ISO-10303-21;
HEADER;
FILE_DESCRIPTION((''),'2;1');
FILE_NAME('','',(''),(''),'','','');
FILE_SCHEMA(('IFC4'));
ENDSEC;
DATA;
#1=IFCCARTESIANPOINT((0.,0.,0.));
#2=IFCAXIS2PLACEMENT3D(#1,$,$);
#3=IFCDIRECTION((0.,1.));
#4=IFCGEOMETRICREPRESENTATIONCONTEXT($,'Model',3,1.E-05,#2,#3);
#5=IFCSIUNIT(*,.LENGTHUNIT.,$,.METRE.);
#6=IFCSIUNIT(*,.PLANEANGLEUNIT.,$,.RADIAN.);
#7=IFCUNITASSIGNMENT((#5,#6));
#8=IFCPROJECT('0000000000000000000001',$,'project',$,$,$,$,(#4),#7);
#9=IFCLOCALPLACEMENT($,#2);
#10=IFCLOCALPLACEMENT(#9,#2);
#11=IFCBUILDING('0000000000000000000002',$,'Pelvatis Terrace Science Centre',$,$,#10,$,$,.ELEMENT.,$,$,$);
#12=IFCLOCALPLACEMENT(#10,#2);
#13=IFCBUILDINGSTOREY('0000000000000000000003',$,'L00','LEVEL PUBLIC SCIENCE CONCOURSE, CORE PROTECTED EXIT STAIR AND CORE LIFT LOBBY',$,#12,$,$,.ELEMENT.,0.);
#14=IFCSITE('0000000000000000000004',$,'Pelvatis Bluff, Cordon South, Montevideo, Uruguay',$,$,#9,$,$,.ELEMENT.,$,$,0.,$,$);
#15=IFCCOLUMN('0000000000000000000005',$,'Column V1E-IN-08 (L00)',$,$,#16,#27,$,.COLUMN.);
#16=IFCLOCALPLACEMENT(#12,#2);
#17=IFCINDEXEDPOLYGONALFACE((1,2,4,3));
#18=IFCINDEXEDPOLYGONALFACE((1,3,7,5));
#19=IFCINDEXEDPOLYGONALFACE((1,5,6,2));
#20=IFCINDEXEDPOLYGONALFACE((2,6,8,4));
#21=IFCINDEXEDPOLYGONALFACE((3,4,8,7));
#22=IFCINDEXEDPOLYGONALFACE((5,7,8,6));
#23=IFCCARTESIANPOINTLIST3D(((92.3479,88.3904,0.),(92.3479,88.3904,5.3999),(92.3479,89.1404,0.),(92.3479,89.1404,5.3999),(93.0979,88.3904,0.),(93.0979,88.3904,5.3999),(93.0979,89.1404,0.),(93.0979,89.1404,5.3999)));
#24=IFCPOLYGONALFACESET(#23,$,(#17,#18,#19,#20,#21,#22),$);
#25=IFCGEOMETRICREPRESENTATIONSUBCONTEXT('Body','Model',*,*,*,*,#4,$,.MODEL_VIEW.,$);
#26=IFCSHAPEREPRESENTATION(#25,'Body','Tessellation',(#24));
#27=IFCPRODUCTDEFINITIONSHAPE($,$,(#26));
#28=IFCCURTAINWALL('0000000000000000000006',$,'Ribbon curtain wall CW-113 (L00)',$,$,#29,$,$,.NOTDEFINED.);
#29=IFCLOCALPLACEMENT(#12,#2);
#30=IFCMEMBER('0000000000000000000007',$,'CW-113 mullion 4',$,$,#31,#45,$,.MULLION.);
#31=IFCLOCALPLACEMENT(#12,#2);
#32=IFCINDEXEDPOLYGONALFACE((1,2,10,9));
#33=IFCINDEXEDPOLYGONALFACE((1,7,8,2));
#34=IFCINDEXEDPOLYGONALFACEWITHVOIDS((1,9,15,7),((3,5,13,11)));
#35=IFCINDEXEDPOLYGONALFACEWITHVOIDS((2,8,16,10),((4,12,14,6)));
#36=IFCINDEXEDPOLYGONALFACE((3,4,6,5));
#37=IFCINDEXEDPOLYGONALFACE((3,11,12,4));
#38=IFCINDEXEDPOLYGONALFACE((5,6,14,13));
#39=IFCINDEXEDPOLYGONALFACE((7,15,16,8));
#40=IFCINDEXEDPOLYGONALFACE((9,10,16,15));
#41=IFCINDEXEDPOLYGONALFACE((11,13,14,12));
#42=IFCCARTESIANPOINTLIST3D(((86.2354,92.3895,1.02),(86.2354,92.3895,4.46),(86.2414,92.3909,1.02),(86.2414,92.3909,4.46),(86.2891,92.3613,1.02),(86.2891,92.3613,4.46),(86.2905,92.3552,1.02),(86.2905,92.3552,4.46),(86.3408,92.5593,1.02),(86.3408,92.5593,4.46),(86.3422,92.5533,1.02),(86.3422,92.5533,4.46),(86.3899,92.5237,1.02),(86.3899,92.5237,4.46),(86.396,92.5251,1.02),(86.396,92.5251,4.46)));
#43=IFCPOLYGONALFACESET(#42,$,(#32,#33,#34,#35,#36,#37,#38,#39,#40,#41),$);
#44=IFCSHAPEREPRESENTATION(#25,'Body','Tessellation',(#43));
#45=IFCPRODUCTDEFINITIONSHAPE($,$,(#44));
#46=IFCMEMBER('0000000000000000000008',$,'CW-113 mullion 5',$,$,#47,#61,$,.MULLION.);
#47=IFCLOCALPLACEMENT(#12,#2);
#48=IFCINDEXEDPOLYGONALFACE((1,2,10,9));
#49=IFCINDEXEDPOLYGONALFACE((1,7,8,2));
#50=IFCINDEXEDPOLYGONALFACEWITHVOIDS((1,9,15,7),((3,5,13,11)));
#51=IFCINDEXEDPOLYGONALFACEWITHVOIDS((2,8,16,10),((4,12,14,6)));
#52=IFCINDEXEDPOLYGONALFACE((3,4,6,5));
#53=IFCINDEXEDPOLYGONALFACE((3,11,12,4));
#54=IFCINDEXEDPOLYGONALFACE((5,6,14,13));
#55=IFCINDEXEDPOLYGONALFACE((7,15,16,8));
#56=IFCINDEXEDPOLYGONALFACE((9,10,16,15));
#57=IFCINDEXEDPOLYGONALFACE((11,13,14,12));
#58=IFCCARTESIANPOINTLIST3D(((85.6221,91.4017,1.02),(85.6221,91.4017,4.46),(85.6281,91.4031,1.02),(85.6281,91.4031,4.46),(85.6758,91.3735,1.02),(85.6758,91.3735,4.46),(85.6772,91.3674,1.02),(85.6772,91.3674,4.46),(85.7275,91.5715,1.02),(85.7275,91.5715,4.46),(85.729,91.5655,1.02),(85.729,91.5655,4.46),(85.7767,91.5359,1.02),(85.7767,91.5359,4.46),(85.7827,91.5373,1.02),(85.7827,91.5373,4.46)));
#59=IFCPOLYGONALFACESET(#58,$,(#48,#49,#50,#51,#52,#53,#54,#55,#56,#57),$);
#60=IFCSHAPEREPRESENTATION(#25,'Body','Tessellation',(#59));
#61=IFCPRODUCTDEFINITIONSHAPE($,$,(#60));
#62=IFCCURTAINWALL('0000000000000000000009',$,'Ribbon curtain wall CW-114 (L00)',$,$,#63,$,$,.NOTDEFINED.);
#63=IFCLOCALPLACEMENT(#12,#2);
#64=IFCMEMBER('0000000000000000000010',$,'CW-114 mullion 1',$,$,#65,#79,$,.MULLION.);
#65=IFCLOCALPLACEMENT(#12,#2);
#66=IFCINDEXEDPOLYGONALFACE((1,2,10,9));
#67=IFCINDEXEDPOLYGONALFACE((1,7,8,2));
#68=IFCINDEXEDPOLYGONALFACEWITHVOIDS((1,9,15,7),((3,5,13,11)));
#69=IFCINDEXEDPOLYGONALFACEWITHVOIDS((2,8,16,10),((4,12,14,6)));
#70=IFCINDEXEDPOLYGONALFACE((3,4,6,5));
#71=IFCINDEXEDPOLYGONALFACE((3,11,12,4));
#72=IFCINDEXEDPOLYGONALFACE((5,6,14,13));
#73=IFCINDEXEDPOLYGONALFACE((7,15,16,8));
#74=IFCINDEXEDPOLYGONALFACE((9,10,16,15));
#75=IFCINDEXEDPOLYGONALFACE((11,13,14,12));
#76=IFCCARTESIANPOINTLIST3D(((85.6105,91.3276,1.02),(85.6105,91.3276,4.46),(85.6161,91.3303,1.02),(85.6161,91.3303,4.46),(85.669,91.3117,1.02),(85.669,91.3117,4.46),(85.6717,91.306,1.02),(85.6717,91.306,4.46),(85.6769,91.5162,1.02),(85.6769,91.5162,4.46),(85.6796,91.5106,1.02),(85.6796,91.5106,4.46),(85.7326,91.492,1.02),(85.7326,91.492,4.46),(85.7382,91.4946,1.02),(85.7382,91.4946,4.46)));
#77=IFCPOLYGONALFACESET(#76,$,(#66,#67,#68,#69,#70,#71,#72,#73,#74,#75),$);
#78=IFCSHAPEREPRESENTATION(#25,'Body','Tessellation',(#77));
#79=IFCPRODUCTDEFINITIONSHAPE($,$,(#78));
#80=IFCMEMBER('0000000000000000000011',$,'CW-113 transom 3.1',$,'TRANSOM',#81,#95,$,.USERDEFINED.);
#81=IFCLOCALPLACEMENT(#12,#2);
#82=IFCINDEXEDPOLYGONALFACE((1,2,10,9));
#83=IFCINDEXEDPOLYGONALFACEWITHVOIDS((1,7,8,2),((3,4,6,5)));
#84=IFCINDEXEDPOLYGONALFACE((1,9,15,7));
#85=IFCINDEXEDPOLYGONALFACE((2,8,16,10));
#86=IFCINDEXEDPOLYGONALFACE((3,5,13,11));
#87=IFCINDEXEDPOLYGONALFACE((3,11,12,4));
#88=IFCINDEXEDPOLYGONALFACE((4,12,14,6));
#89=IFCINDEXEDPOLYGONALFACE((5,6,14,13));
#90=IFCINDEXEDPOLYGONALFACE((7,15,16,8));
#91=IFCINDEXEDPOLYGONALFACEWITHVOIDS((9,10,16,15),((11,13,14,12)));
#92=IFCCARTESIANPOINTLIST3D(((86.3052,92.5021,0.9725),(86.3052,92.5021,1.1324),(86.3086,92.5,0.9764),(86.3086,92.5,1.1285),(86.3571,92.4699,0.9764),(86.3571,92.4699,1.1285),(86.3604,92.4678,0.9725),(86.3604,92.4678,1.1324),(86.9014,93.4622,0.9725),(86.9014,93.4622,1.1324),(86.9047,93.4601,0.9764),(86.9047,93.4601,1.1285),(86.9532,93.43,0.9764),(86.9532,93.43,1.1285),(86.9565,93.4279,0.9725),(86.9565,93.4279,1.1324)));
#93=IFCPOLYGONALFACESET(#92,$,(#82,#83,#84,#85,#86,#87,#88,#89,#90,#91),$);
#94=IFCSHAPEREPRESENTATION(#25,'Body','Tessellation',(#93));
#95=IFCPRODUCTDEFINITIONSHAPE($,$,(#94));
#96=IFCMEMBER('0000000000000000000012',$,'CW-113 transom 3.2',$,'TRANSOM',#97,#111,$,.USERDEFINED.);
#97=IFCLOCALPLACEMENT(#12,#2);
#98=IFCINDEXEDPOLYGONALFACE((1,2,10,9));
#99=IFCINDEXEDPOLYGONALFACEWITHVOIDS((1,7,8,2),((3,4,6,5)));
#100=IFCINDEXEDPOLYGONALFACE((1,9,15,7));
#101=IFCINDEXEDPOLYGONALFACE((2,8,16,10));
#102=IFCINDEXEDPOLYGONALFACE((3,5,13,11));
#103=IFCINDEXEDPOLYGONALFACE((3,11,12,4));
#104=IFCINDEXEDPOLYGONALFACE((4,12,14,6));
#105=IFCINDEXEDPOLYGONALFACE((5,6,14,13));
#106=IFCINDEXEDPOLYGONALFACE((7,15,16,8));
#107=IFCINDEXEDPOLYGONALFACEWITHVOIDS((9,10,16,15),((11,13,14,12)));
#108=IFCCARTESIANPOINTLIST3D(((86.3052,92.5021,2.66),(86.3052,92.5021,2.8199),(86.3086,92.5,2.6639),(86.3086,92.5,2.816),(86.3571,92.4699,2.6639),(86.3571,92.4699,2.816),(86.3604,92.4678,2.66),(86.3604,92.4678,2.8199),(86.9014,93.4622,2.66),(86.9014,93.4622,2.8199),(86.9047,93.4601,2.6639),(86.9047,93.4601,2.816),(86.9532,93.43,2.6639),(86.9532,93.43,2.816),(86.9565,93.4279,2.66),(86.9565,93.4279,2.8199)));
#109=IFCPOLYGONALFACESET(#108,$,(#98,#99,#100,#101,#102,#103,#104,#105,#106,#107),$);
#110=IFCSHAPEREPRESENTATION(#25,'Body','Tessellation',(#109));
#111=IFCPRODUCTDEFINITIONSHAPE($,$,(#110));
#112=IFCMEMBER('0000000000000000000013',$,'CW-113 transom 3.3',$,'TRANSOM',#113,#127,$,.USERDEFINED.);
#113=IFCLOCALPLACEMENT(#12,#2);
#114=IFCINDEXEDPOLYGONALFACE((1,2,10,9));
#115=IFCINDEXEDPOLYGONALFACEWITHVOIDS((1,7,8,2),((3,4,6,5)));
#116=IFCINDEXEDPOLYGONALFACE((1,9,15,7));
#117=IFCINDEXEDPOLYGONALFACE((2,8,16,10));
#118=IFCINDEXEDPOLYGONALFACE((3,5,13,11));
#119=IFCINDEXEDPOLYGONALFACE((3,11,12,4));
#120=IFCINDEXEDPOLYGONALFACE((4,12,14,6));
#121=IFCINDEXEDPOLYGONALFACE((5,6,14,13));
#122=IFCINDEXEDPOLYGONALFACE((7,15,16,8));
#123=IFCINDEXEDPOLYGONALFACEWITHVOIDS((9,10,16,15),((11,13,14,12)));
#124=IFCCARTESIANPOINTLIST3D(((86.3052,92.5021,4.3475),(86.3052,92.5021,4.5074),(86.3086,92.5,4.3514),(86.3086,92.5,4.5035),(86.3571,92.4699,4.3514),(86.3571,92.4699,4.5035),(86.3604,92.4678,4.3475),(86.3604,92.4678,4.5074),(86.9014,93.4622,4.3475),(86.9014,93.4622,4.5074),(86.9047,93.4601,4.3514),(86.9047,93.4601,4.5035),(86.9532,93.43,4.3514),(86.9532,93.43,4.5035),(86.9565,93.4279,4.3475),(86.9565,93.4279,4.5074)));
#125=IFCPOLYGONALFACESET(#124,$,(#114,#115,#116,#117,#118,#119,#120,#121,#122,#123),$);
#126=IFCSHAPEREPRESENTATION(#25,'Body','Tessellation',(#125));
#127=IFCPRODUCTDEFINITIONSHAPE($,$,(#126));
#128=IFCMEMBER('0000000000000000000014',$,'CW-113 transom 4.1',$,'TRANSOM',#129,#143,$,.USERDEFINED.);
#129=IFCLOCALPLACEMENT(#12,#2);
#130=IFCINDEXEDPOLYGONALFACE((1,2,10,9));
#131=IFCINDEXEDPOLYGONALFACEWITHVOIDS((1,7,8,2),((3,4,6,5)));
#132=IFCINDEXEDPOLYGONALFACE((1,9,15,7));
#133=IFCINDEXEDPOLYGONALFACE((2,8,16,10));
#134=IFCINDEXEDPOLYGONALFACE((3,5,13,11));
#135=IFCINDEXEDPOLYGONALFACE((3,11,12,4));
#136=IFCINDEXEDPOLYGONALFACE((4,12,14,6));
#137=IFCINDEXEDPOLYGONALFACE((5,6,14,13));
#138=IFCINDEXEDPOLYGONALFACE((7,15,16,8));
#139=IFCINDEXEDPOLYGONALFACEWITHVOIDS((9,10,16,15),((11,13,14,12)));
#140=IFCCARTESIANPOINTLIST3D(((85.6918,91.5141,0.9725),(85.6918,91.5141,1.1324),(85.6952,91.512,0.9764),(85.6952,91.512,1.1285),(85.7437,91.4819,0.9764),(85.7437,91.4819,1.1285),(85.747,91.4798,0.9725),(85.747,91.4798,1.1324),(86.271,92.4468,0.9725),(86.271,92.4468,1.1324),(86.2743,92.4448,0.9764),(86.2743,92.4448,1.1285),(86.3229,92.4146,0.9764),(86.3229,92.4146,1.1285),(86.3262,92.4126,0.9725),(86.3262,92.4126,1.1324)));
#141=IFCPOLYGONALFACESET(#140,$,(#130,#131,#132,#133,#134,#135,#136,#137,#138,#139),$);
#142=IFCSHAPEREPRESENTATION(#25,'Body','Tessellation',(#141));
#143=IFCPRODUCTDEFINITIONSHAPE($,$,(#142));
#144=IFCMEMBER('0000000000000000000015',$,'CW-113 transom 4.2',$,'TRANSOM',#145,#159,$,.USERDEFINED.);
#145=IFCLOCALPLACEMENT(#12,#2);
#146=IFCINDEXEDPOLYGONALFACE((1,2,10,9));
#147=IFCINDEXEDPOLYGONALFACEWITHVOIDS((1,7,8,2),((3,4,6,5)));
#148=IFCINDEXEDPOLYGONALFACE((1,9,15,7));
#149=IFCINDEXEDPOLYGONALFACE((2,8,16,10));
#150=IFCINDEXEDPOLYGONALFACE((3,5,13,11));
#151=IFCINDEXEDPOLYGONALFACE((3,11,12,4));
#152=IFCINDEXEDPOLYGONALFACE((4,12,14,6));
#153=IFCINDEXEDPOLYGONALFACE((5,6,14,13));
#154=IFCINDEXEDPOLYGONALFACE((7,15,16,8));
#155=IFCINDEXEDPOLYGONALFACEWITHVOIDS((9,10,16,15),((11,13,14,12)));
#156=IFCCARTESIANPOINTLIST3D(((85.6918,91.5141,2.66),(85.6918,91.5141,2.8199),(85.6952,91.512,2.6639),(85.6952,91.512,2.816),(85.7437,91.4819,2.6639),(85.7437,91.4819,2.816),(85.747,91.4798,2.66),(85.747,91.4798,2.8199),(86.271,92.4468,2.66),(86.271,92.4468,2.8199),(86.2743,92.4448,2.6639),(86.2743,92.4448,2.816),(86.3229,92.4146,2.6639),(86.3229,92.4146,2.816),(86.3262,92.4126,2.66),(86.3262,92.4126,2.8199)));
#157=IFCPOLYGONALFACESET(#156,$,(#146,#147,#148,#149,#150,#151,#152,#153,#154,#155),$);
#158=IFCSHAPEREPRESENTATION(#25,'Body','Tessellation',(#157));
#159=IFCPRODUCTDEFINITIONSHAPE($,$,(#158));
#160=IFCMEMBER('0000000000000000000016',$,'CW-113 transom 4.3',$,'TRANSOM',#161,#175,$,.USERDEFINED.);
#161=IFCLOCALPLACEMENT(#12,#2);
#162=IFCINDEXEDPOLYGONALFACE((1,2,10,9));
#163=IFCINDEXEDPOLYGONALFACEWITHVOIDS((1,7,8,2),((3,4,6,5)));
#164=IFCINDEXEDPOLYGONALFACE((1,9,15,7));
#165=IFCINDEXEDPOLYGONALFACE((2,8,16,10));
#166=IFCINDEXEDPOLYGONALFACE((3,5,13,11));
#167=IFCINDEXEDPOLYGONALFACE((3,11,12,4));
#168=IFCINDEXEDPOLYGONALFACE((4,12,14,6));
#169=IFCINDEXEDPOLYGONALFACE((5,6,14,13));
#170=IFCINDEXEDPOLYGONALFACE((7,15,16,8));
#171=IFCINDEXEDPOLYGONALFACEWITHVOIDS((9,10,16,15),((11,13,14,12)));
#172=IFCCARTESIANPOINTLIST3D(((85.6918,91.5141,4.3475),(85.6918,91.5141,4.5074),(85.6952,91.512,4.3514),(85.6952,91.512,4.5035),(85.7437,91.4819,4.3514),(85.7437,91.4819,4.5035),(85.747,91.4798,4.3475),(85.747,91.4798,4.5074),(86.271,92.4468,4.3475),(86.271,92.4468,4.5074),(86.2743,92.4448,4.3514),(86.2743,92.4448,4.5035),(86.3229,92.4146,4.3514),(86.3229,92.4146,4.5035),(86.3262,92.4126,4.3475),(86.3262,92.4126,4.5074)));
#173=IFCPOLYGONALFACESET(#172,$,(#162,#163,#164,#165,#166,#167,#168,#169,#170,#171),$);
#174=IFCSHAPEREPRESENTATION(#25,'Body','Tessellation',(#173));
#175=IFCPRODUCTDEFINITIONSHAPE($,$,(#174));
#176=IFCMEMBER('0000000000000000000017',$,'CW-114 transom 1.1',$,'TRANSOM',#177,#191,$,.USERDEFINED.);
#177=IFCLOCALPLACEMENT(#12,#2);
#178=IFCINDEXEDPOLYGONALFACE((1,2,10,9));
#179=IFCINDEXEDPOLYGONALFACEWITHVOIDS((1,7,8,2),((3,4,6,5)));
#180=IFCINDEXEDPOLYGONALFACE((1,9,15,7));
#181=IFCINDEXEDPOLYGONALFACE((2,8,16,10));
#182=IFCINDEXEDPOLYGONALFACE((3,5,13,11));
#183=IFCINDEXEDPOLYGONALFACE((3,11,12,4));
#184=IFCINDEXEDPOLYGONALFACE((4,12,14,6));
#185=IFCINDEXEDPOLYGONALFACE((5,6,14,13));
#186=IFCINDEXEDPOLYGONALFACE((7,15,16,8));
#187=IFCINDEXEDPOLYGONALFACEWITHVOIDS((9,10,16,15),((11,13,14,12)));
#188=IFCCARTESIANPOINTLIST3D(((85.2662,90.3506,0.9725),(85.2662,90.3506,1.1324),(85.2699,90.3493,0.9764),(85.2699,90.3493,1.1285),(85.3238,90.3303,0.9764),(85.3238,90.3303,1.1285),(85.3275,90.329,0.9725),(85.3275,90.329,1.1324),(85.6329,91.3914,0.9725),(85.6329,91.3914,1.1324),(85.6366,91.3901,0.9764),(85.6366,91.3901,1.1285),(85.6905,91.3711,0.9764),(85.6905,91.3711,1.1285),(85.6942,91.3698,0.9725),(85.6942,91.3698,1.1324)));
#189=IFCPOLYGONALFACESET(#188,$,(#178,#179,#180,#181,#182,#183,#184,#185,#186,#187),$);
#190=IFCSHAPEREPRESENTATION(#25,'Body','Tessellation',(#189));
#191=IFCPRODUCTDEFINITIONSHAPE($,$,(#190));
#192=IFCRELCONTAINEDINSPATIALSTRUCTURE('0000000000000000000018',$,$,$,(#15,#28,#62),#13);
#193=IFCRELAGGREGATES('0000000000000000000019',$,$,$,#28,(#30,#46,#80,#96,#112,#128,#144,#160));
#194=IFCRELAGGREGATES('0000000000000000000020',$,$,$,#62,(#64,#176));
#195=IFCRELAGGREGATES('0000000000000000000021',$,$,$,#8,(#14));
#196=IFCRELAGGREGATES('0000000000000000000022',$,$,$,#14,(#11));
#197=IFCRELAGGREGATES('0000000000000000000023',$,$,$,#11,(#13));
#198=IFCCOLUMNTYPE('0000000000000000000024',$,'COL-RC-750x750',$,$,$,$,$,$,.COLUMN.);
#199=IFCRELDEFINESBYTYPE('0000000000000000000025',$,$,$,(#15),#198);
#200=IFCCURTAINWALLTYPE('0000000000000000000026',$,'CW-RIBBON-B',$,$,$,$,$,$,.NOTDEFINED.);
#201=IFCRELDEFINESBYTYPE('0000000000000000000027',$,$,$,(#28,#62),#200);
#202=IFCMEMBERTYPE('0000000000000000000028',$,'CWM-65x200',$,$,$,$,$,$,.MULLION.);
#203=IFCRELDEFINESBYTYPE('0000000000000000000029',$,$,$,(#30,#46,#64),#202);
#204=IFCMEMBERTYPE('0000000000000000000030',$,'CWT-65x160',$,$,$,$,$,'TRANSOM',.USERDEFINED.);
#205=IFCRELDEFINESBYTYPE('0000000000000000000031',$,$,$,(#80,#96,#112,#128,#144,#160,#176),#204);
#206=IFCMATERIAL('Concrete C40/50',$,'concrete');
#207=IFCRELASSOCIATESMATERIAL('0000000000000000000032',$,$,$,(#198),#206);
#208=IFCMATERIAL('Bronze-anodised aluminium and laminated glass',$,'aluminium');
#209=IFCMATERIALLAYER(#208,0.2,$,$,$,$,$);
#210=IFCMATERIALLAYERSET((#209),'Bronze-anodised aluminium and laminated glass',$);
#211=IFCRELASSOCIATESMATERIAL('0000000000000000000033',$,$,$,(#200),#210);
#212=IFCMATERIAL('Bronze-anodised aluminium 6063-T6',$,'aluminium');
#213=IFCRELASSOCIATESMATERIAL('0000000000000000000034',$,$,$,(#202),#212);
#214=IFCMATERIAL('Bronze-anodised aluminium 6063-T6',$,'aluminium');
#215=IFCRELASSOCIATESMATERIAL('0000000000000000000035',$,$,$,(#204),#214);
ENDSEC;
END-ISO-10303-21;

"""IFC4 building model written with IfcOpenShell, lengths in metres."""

from ifc_helpers import new_model, si_unit, direction, frame, origin, origin_2d, place, context, subcontext, project, spatial, rectangle, hollow_rectangle, extrude, material, layer, layer_set, material_profile, profile_set, type_object, element, aggregate, save


model = new_model("IFC4")

# Units and contexts
model_context = context("Model", 3, precision=1e-05, world=origin(), true_north=direction((0.0, 1.0)))
body_context = subcontext(model_context, "Body", "Model", "MODEL_VIEW")
ifc_project = project(units=[si_unit("LENGTHUNIT", "METRE"), si_unit("PLANEANGLEUNIT", "RADIAN")], contexts=[model_context])

# Site, building, storey
site_placement = place(None, origin())
site = spatial("IfcSite", under=ifc_project, at=site_placement, Name="Pelvatis Bluff, Cordon South, Montevideo, Uruguay", CompositionType="ELEMENT", RefElevation=0.0)
building_placement = place(site_placement, origin())
building = spatial("IfcBuilding", under=site, at=building_placement, Name="Pelvatis Terrace Science Centre", CompositionType="ELEMENT")
storey_placement = place(building_placement, origin())
storey = spatial("IfcBuildingStorey", under=building, at=storey_placement, Name="L00", Description="LEVEL PUBLIC SCIENCE CONCOURSE, CORE PROTECTED EXIT STAIR AND CORE LIFT LOBBY", CompositionType="ELEMENT", Elevation=0.0)

# Column
ifc_material_1 = material(Name="Concrete C40/50", Category="concrete")
ifc_material_profile_1 = material_profile(ifc_material_1, rectangle(XDim=0.75, YDim=0.75, at=origin_2d()), Name="RC-COL 750x750")
ifc_profile_set_1 = profile_set([ifc_material_profile_1], Name="Concrete C40/50")
column_type = type_object("IfcColumnType", Name="COL-RC-750x750", PredefinedType="COLUMN", material=ifc_profile_set_1)
column_placement = place(storey_placement, frame((92.7229, 88.7654, 0.0), z_axis=(0.0, 0.0, 1.0), x_axis=(1.0, 0.0, 0.0)))
element("IfcColumn", 1, at=column_placement, inside=storey, type_object=column_type, Name="Column V1E-IN-08 (L00)", PredefinedType="COLUMN", context=body_context, shape_type="SweptSolid", body=[
    extrude(rectangle(XDim=0.75, YDim=0.75, at=origin_2d()), origin(), (0.0, 0.0, 1.0), 5.3999),
])

# Curtain wall, members
ifc_material_2 = material(Name="Bronze-anodised aluminium and laminated glass", Category="aluminium")
ifc_layer_1 = layer(ifc_material_2, 0.2)
ifc_layer_set_1 = layer_set([ifc_layer_1], Name="Bronze-anodised aluminium and laminated glass")
curtain_wall_type = type_object("IfcCurtainWallType", Name="CW-RIBBON-B", PredefinedType="NOTDEFINED", material=ifc_layer_set_1)
curtain_wall_1_placement = place(storey_placement, origin())
curtain_wall_1 = element("IfcCurtainWall", 2, at=curtain_wall_1_placement, inside=storey, type_object=curtain_wall_type, Name="Ribbon curtain wall CW-113 (L00)", PredefinedType="NOTDEFINED")
ifc_material_3 = material(Name="Bronze-anodised aluminium 6063-T6", Category="aluminium")
ifc_material_profile_2 = material_profile(ifc_material_3, hollow_rectangle(XDim=0.0649, YDim=0.2, WallThickness=0.0044, at=origin_2d()), Name="ALU-MUL 65x200")
ifc_profile_set_2 = profile_set([ifc_material_profile_2], Name="Bronze-anodised aluminium 6063-T6")
member_type_1 = type_object("IfcMemberType", Name="CWM-65x200", PredefinedType="MULLION", material=ifc_profile_set_2)
member_1_placement = place(storey_placement, frame((86.3157, 92.4573, 1.02), z_axis=(0.0, 0.0, 1.0), x_axis=(0.849582, -0.527457, 0.0)))
member_1 = element("IfcMember", 3, at=member_1_placement, type_object=member_type_1, Name="CW-113 mullion 4", PredefinedType="MULLION", context=body_context, shape_type="SweptSolid", body=[
    extrude(hollow_rectangle(XDim=0.0649, YDim=0.2, WallThickness=0.0044, at=origin_2d()), origin(), (0.0, 0.0, 1.0), 3.4399),
])
member_2_placement = place(storey_placement, frame((85.7024, 91.4695, 1.02), z_axis=(0.0, 0.0, 1.0), x_axis=(0.849582, -0.527457, 0.0)))
member_2 = element("IfcMember", 4, at=member_2_placement, type_object=member_type_1, Name="CW-113 mullion 5", PredefinedType="MULLION", context=body_context, shape_type="SweptSolid", body=[
    extrude(hollow_rectangle(XDim=0.0649, YDim=0.2, WallThickness=0.0044, at=origin_2d()), origin(), (0.0, 0.0, 1.0), 3.4399),
])

# Curtain wall, member
curtain_wall_2_placement = place(storey_placement, origin())
curtain_wall_2 = element("IfcCurtainWall", 5, at=curtain_wall_2_placement, inside=storey, type_object=curtain_wall_type, Name="Ribbon curtain wall CW-114 (L00)", PredefinedType="NOTDEFINED")
member_3_placement = place(storey_placement, frame((85.6743, 91.4111, 1.02), z_axis=(0.0, 0.0, 1.0), x_axis=(0.943171, -0.332308, 0.0)))
member_3 = element("IfcMember", 6, at=member_3_placement, type_object=member_type_1, Name="CW-114 mullion 1", PredefinedType="MULLION", context=body_context, shape_type="SweptSolid", body=[
    extrude(hollow_rectangle(XDim=0.0649, YDim=0.2, WallThickness=0.0044, at=origin_2d()), origin(), (0.0, 0.0, 1.0), 3.4399),
])

# Members
ifc_material_4 = material(Name="Bronze-anodised aluminium 6063-T6", Category="aluminium")
ifc_material_profile_3 = material_profile(ifc_material_4, hollow_rectangle(XDim=0.0649, YDim=0.1599, WallThickness=0.0039, at=origin_2d()), Name="ALU-TRN 65x160")
ifc_profile_set_3 = profile_set([ifc_material_profile_3], Name="Bronze-anodised aluminium 6063-T6")
member_type_2 = type_object("IfcMemberType", Name="CWT-65x160", ElementType="TRANSOM", PredefinedType="USERDEFINED", material=ifc_profile_set_3)
member_4_placement = place(storey_placement, frame((86.929, 93.4451, 1.0525), z_axis=(-0.527492, -0.84956, 0.0), x_axis=(0.84956, -0.527492, 0.0)))
member_4 = element("IfcMember", 7, at=member_4_placement, type_object=member_type_2, Name="CW-113 transom 3.1", ObjectType="TRANSOM", PredefinedType="USERDEFINED", context=body_context, shape_type="SweptSolid", body=[
    extrude(hollow_rectangle(XDim=0.0649, YDim=0.1599, WallThickness=0.0039, at=origin_2d()), origin(), (0.0, 0.0, 1.0), 1.1301),
])
member_5_placement = place(storey_placement, frame((86.929, 93.4451, 2.74), z_axis=(-0.527492, -0.84956, 0.0), x_axis=(0.84956, -0.527492, 0.0)))
member_5 = element("IfcMember", 8, at=member_5_placement, type_object=member_type_2, Name="CW-113 transom 3.2", ObjectType="TRANSOM", PredefinedType="USERDEFINED", context=body_context, shape_type="SweptSolid", body=[
    extrude(hollow_rectangle(XDim=0.0649, YDim=0.1599, WallThickness=0.0039, at=origin_2d()), origin(), (0.0, 0.0, 1.0), 1.1301),
])
member_6_placement = place(storey_placement, frame((86.929, 93.4451, 4.4275), z_axis=(-0.527492, -0.84956, 0.0), x_axis=(0.84956, -0.527492, 0.0)))
member_6 = element("IfcMember", 9, at=member_6_placement, type_object=member_type_2, Name="CW-113 transom 3.3", ObjectType="TRANSOM", PredefinedType="USERDEFINED", context=body_context, shape_type="SweptSolid", body=[
    extrude(hollow_rectangle(XDim=0.0649, YDim=0.1599, WallThickness=0.0039, at=origin_2d()), origin(), (0.0, 0.0, 1.0), 1.1301),
])
member_7_placement = place(storey_placement, frame((86.2986, 92.4297, 1.0525), z_axis=(-0.527518, -0.849544, 0.0), x_axis=(0.849544, -0.527518, 0.0)))
member_7 = element("IfcMember", 10, at=member_7_placement, type_object=member_type_2, Name="CW-113 transom 4.1", ObjectType="TRANSOM", PredefinedType="USERDEFINED", context=body_context, shape_type="SweptSolid", body=[
    extrude(hollow_rectangle(XDim=0.0649, YDim=0.1599, WallThickness=0.0039, at=origin_2d()), origin(), (0.0, 0.0, 1.0), 1.0979),
])
member_8_placement = place(storey_placement, frame((86.2986, 92.4297, 2.74), z_axis=(-0.527518, -0.849544, 0.0), x_axis=(0.849544, -0.527518, 0.0)))
member_8 = element("IfcMember", 11, at=member_8_placement, type_object=member_type_2, Name="CW-113 transom 4.2", ObjectType="TRANSOM", PredefinedType="USERDEFINED", context=body_context, shape_type="SweptSolid", body=[
    extrude(hollow_rectangle(XDim=0.0649, YDim=0.1599, WallThickness=0.0039, at=origin_2d()), origin(), (0.0, 0.0, 1.0), 1.0979),
])
member_9_placement = place(storey_placement, frame((86.2986, 92.4297, 4.4275), z_axis=(-0.527518, -0.849544, 0.0), x_axis=(0.849544, -0.527518, 0.0)))
member_9 = element("IfcMember", 12, at=member_9_placement, type_object=member_type_2, Name="CW-113 transom 4.3", ObjectType="TRANSOM", PredefinedType="USERDEFINED", context=body_context, shape_type="SweptSolid", body=[
    extrude(hollow_rectangle(XDim=0.0649, YDim=0.1599, WallThickness=0.0039, at=origin_2d()), origin(), (0.0, 0.0, 1.0), 1.0979),
])
member_10_placement = place(storey_placement, frame((85.6636, 91.3806, 1.0525), z_axis=(-0.332311, -0.94317, 0.0), x_axis=(0.94317, -0.332311, 0.0)))
member_10 = element("IfcMember", 13, at=member_10_placement, type_object=member_type_2, Name="CW-114 transom 1.1", ObjectType="TRANSOM", PredefinedType="USERDEFINED", context=body_context, shape_type="SweptSolid", body=[
    extrude(hollow_rectangle(XDim=0.0649, YDim=0.1599, WallThickness=0.0039, at=origin_2d()), origin(), (0.0, 0.0, 1.0), 1.1035),
])

aggregate(curtain_wall_1, [member_1, member_2, member_4, member_5, member_6, member_7, member_8, member_9])
aggregate(curtain_wall_2, [member_3, member_10])

save(model, "model.ifc")
